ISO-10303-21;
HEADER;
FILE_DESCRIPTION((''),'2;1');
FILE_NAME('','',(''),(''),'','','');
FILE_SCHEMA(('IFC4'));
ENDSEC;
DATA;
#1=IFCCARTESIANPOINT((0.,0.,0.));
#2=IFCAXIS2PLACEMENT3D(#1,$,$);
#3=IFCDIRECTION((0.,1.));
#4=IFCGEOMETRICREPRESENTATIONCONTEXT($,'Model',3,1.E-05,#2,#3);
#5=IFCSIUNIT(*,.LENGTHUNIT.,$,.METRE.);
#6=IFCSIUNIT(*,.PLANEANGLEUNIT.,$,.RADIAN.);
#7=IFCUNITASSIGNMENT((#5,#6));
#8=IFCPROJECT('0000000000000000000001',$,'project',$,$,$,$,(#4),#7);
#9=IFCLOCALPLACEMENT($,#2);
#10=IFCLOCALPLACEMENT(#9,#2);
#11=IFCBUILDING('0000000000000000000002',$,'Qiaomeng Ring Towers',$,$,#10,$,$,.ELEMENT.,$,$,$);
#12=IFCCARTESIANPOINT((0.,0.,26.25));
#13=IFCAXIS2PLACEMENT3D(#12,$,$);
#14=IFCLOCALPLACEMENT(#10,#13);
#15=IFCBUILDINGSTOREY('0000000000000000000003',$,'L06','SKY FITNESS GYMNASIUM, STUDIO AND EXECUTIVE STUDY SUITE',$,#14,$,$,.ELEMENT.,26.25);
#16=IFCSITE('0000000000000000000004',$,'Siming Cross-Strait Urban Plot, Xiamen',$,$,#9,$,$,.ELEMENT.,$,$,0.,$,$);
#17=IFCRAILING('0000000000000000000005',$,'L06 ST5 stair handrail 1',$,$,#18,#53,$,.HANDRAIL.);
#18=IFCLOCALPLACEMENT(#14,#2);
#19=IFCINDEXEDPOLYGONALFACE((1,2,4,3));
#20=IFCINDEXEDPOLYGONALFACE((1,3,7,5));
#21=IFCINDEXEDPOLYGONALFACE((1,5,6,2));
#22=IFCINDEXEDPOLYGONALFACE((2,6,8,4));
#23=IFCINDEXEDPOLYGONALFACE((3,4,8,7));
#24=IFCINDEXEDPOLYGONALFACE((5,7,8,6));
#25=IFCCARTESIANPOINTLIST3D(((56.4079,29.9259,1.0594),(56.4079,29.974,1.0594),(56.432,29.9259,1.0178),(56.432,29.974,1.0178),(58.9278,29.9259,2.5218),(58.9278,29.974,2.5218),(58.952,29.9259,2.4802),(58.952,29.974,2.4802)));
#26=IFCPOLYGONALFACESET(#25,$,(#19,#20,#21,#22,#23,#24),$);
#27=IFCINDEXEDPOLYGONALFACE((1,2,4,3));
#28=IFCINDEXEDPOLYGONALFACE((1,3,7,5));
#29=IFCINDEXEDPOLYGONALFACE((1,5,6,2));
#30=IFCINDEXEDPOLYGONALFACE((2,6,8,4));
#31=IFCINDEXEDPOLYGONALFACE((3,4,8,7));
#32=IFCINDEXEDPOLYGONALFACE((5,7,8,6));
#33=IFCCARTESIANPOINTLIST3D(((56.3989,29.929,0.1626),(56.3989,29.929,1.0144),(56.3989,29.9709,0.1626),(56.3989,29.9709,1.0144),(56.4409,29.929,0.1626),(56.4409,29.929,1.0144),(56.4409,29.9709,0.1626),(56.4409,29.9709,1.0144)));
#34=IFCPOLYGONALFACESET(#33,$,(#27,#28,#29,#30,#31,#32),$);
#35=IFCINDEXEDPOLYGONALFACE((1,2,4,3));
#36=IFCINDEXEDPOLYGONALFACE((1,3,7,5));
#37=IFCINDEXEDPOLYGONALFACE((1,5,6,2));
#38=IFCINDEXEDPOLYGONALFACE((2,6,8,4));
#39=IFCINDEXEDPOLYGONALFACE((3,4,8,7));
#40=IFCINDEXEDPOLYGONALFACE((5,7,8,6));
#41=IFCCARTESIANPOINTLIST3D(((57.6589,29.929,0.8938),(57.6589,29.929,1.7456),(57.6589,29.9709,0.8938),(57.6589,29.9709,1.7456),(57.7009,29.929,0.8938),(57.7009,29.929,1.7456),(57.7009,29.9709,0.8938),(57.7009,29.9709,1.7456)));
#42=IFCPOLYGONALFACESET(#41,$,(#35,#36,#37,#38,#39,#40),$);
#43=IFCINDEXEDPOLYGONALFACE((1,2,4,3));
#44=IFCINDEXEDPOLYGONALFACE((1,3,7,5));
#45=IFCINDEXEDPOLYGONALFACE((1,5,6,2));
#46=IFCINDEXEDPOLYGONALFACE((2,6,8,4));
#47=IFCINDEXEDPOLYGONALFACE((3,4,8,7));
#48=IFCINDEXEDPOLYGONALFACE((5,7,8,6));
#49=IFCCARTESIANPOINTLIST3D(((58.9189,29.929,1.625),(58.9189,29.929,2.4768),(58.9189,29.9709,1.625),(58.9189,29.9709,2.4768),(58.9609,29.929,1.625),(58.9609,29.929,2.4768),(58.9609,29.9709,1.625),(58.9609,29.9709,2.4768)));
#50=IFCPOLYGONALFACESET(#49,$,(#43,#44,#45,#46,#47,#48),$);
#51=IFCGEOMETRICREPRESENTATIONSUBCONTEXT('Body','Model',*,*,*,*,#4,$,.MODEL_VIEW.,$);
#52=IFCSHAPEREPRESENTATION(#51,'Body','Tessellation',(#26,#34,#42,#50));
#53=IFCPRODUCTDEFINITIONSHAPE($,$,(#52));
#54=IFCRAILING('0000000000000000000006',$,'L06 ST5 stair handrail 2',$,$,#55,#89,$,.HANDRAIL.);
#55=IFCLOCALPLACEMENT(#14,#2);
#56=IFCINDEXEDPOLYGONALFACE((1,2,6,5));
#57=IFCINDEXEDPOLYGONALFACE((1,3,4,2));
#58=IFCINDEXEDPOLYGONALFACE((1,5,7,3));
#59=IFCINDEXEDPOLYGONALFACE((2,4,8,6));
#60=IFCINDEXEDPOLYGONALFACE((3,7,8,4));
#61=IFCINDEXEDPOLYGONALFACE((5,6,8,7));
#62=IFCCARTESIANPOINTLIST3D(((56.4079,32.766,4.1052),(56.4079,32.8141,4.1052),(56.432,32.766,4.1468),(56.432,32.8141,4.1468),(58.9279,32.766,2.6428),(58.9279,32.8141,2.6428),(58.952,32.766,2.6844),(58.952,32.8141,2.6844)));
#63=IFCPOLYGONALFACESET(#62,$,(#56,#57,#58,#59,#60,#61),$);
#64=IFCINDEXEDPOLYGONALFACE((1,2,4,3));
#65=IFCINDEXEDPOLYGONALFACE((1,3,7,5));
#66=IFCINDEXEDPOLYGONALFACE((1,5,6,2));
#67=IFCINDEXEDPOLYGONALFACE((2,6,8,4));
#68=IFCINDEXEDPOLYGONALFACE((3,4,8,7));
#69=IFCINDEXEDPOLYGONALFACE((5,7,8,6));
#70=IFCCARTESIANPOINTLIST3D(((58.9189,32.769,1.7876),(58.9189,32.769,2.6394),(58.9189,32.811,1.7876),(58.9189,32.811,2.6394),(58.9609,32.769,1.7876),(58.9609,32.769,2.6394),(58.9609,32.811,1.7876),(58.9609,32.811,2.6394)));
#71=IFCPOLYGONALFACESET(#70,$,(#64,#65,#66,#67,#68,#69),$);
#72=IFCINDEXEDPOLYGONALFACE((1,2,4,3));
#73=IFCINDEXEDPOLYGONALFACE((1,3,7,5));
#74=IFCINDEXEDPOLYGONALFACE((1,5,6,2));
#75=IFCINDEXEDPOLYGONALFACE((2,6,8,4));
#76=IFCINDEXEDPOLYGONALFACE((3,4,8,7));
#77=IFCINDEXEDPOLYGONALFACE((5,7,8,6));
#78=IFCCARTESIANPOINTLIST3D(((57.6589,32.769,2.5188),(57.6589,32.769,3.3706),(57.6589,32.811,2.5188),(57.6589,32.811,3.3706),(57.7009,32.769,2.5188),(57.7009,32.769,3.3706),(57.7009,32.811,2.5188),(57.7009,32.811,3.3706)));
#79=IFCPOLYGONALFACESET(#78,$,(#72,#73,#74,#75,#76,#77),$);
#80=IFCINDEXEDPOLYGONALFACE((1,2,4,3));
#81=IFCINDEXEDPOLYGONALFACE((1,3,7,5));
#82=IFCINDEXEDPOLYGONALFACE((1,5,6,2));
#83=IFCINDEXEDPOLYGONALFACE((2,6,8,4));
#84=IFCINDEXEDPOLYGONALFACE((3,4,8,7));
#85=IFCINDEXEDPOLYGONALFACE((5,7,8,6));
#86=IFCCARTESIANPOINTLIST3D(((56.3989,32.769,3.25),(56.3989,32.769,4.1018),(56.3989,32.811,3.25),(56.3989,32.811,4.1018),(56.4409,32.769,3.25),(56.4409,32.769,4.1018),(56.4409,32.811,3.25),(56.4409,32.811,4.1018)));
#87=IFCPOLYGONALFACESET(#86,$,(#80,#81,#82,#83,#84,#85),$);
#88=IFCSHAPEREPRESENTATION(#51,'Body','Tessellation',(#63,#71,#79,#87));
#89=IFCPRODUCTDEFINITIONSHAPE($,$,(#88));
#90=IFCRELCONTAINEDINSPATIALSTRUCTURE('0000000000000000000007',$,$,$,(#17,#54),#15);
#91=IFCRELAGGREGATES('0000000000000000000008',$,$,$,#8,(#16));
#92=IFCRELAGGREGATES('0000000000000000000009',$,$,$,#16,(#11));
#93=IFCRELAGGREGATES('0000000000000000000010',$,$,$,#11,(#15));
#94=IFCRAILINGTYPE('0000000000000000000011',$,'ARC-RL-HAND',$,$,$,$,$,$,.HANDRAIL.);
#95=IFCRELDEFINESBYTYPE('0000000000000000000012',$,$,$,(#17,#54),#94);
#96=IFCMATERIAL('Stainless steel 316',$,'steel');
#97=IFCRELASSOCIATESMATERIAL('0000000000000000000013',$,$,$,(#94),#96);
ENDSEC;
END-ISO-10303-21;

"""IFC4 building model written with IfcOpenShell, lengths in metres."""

from ifc_helpers import new_model, si_unit, direction, frame, origin, origin_2d, place, context, subcontext, project, spatial, rectangle, extrude, material, type_object, element, save


model = new_model("IFC4")

# Units and contexts
model_context = context("Model", 3, precision=1e-05, world=origin(), true_north=direction((0.0, 1.0)))
body_context = subcontext(model_context, "Body", "Model", "MODEL_VIEW")
ifc_project = project(units=[si_unit("LENGTHUNIT", "METRE"), si_unit("PLANEANGLEUNIT", "RADIAN")], contexts=[model_context])

# Site, building, storey
site_placement = place(None, origin())
site = spatial("IfcSite", under=ifc_project, at=site_placement, Name="Siming Cross-Strait Urban Plot, Xiamen", CompositionType="ELEMENT", RefElevation=0.0)
building_placement = place(site_placement, origin())
building = spatial("IfcBuilding", under=site, at=building_placement, Name="Qiaomeng Ring Towers", CompositionType="ELEMENT")
storey_placement = place(building_placement, frame((0.0, 0.0, 26.25)))
storey = spatial("IfcBuildingStorey", under=building, at=storey_placement, Name="L06", Description="SKY FITNESS GYMNASIUM, STUDIO AND EXECUTIVE STUDY SUITE", CompositionType="ELEMENT", Elevation=26.25)

# Shared definitions
ifc_material_1 = material(Name="Stainless steel 316", Category="steel")

# Railings
railing_type_1 = type_object("IfcRailingType", Name="ARC-RL-HAND", PredefinedType="HANDRAIL", material=ifc_material_1)
railing_1_placement = place(storey_placement, frame((56.4199, 29.95, 0.1626)))
element("IfcRailing", 1, at=railing_1_placement, inside=storey, type_object=railing_type_1, Name="L06 ST5 stair handrail 1", PredefinedType="HANDRAIL", context=body_context, shape_type="SweptSolid", body=[
    extrude(rectangle(XDim=0.0481, YDim=0.0481, at=origin_2d()), frame((0.0, 0.0, 0.876), z_axis=(0.864913, 0.0, 0.501921), x_axis=(0.0, 1.0, 0.0)), (0.0, 0.0, 1.0), 2.9136),
    extrude(rectangle(XDim=0.042, YDim=0.042, at=origin_2d()), origin(), (0.0, 0.0, 1.0), 0.8518),
    extrude(rectangle(XDim=0.042, YDim=0.042, at=origin_2d()), frame((1.26, 0.0, 0.7312)), (0.0, 0.0, 1.0), 0.8518),
    extrude(rectangle(XDim=0.042, YDim=0.042, at=origin_2d()), frame((2.52, 0.0, 1.4624)), (0.0, 0.0, 1.0), 0.8518),
])
railing_2_placement = place(storey_placement, frame((58.9399, 32.79, 1.7876)))
element("IfcRailing", 2, at=railing_2_placement, inside=storey, type_object=railing_type_1, Name="L06 ST5 stair handrail 2", PredefinedType="HANDRAIL", context=body_context, shape_type="SweptSolid", body=[
    extrude(rectangle(XDim=0.0481, YDim=0.0481, at=origin_2d()), frame((0.0, 0.0, 0.876), z_axis=(-0.864913, 0.0, 0.501921), x_axis=(0.0, -1.0, 0.0)), (0.0, 0.0, 1.0), 2.9136),
    extrude(rectangle(XDim=0.042, YDim=0.042, at=origin_2d()), origin(), (0.0, 0.0, 1.0), 0.8518),
    extrude(rectangle(XDim=0.042, YDim=0.042, at=origin_2d()), frame((-1.26, 0.0, 0.7312)), (0.0, 0.0, 1.0), 0.8518),
    extrude(rectangle(XDim=0.042, YDim=0.042, at=origin_2d()), frame((-2.52, 0.0, 1.4624)), (0.0, 0.0, 1.0), 0.8518),
])

save(model, "model.ifc")
